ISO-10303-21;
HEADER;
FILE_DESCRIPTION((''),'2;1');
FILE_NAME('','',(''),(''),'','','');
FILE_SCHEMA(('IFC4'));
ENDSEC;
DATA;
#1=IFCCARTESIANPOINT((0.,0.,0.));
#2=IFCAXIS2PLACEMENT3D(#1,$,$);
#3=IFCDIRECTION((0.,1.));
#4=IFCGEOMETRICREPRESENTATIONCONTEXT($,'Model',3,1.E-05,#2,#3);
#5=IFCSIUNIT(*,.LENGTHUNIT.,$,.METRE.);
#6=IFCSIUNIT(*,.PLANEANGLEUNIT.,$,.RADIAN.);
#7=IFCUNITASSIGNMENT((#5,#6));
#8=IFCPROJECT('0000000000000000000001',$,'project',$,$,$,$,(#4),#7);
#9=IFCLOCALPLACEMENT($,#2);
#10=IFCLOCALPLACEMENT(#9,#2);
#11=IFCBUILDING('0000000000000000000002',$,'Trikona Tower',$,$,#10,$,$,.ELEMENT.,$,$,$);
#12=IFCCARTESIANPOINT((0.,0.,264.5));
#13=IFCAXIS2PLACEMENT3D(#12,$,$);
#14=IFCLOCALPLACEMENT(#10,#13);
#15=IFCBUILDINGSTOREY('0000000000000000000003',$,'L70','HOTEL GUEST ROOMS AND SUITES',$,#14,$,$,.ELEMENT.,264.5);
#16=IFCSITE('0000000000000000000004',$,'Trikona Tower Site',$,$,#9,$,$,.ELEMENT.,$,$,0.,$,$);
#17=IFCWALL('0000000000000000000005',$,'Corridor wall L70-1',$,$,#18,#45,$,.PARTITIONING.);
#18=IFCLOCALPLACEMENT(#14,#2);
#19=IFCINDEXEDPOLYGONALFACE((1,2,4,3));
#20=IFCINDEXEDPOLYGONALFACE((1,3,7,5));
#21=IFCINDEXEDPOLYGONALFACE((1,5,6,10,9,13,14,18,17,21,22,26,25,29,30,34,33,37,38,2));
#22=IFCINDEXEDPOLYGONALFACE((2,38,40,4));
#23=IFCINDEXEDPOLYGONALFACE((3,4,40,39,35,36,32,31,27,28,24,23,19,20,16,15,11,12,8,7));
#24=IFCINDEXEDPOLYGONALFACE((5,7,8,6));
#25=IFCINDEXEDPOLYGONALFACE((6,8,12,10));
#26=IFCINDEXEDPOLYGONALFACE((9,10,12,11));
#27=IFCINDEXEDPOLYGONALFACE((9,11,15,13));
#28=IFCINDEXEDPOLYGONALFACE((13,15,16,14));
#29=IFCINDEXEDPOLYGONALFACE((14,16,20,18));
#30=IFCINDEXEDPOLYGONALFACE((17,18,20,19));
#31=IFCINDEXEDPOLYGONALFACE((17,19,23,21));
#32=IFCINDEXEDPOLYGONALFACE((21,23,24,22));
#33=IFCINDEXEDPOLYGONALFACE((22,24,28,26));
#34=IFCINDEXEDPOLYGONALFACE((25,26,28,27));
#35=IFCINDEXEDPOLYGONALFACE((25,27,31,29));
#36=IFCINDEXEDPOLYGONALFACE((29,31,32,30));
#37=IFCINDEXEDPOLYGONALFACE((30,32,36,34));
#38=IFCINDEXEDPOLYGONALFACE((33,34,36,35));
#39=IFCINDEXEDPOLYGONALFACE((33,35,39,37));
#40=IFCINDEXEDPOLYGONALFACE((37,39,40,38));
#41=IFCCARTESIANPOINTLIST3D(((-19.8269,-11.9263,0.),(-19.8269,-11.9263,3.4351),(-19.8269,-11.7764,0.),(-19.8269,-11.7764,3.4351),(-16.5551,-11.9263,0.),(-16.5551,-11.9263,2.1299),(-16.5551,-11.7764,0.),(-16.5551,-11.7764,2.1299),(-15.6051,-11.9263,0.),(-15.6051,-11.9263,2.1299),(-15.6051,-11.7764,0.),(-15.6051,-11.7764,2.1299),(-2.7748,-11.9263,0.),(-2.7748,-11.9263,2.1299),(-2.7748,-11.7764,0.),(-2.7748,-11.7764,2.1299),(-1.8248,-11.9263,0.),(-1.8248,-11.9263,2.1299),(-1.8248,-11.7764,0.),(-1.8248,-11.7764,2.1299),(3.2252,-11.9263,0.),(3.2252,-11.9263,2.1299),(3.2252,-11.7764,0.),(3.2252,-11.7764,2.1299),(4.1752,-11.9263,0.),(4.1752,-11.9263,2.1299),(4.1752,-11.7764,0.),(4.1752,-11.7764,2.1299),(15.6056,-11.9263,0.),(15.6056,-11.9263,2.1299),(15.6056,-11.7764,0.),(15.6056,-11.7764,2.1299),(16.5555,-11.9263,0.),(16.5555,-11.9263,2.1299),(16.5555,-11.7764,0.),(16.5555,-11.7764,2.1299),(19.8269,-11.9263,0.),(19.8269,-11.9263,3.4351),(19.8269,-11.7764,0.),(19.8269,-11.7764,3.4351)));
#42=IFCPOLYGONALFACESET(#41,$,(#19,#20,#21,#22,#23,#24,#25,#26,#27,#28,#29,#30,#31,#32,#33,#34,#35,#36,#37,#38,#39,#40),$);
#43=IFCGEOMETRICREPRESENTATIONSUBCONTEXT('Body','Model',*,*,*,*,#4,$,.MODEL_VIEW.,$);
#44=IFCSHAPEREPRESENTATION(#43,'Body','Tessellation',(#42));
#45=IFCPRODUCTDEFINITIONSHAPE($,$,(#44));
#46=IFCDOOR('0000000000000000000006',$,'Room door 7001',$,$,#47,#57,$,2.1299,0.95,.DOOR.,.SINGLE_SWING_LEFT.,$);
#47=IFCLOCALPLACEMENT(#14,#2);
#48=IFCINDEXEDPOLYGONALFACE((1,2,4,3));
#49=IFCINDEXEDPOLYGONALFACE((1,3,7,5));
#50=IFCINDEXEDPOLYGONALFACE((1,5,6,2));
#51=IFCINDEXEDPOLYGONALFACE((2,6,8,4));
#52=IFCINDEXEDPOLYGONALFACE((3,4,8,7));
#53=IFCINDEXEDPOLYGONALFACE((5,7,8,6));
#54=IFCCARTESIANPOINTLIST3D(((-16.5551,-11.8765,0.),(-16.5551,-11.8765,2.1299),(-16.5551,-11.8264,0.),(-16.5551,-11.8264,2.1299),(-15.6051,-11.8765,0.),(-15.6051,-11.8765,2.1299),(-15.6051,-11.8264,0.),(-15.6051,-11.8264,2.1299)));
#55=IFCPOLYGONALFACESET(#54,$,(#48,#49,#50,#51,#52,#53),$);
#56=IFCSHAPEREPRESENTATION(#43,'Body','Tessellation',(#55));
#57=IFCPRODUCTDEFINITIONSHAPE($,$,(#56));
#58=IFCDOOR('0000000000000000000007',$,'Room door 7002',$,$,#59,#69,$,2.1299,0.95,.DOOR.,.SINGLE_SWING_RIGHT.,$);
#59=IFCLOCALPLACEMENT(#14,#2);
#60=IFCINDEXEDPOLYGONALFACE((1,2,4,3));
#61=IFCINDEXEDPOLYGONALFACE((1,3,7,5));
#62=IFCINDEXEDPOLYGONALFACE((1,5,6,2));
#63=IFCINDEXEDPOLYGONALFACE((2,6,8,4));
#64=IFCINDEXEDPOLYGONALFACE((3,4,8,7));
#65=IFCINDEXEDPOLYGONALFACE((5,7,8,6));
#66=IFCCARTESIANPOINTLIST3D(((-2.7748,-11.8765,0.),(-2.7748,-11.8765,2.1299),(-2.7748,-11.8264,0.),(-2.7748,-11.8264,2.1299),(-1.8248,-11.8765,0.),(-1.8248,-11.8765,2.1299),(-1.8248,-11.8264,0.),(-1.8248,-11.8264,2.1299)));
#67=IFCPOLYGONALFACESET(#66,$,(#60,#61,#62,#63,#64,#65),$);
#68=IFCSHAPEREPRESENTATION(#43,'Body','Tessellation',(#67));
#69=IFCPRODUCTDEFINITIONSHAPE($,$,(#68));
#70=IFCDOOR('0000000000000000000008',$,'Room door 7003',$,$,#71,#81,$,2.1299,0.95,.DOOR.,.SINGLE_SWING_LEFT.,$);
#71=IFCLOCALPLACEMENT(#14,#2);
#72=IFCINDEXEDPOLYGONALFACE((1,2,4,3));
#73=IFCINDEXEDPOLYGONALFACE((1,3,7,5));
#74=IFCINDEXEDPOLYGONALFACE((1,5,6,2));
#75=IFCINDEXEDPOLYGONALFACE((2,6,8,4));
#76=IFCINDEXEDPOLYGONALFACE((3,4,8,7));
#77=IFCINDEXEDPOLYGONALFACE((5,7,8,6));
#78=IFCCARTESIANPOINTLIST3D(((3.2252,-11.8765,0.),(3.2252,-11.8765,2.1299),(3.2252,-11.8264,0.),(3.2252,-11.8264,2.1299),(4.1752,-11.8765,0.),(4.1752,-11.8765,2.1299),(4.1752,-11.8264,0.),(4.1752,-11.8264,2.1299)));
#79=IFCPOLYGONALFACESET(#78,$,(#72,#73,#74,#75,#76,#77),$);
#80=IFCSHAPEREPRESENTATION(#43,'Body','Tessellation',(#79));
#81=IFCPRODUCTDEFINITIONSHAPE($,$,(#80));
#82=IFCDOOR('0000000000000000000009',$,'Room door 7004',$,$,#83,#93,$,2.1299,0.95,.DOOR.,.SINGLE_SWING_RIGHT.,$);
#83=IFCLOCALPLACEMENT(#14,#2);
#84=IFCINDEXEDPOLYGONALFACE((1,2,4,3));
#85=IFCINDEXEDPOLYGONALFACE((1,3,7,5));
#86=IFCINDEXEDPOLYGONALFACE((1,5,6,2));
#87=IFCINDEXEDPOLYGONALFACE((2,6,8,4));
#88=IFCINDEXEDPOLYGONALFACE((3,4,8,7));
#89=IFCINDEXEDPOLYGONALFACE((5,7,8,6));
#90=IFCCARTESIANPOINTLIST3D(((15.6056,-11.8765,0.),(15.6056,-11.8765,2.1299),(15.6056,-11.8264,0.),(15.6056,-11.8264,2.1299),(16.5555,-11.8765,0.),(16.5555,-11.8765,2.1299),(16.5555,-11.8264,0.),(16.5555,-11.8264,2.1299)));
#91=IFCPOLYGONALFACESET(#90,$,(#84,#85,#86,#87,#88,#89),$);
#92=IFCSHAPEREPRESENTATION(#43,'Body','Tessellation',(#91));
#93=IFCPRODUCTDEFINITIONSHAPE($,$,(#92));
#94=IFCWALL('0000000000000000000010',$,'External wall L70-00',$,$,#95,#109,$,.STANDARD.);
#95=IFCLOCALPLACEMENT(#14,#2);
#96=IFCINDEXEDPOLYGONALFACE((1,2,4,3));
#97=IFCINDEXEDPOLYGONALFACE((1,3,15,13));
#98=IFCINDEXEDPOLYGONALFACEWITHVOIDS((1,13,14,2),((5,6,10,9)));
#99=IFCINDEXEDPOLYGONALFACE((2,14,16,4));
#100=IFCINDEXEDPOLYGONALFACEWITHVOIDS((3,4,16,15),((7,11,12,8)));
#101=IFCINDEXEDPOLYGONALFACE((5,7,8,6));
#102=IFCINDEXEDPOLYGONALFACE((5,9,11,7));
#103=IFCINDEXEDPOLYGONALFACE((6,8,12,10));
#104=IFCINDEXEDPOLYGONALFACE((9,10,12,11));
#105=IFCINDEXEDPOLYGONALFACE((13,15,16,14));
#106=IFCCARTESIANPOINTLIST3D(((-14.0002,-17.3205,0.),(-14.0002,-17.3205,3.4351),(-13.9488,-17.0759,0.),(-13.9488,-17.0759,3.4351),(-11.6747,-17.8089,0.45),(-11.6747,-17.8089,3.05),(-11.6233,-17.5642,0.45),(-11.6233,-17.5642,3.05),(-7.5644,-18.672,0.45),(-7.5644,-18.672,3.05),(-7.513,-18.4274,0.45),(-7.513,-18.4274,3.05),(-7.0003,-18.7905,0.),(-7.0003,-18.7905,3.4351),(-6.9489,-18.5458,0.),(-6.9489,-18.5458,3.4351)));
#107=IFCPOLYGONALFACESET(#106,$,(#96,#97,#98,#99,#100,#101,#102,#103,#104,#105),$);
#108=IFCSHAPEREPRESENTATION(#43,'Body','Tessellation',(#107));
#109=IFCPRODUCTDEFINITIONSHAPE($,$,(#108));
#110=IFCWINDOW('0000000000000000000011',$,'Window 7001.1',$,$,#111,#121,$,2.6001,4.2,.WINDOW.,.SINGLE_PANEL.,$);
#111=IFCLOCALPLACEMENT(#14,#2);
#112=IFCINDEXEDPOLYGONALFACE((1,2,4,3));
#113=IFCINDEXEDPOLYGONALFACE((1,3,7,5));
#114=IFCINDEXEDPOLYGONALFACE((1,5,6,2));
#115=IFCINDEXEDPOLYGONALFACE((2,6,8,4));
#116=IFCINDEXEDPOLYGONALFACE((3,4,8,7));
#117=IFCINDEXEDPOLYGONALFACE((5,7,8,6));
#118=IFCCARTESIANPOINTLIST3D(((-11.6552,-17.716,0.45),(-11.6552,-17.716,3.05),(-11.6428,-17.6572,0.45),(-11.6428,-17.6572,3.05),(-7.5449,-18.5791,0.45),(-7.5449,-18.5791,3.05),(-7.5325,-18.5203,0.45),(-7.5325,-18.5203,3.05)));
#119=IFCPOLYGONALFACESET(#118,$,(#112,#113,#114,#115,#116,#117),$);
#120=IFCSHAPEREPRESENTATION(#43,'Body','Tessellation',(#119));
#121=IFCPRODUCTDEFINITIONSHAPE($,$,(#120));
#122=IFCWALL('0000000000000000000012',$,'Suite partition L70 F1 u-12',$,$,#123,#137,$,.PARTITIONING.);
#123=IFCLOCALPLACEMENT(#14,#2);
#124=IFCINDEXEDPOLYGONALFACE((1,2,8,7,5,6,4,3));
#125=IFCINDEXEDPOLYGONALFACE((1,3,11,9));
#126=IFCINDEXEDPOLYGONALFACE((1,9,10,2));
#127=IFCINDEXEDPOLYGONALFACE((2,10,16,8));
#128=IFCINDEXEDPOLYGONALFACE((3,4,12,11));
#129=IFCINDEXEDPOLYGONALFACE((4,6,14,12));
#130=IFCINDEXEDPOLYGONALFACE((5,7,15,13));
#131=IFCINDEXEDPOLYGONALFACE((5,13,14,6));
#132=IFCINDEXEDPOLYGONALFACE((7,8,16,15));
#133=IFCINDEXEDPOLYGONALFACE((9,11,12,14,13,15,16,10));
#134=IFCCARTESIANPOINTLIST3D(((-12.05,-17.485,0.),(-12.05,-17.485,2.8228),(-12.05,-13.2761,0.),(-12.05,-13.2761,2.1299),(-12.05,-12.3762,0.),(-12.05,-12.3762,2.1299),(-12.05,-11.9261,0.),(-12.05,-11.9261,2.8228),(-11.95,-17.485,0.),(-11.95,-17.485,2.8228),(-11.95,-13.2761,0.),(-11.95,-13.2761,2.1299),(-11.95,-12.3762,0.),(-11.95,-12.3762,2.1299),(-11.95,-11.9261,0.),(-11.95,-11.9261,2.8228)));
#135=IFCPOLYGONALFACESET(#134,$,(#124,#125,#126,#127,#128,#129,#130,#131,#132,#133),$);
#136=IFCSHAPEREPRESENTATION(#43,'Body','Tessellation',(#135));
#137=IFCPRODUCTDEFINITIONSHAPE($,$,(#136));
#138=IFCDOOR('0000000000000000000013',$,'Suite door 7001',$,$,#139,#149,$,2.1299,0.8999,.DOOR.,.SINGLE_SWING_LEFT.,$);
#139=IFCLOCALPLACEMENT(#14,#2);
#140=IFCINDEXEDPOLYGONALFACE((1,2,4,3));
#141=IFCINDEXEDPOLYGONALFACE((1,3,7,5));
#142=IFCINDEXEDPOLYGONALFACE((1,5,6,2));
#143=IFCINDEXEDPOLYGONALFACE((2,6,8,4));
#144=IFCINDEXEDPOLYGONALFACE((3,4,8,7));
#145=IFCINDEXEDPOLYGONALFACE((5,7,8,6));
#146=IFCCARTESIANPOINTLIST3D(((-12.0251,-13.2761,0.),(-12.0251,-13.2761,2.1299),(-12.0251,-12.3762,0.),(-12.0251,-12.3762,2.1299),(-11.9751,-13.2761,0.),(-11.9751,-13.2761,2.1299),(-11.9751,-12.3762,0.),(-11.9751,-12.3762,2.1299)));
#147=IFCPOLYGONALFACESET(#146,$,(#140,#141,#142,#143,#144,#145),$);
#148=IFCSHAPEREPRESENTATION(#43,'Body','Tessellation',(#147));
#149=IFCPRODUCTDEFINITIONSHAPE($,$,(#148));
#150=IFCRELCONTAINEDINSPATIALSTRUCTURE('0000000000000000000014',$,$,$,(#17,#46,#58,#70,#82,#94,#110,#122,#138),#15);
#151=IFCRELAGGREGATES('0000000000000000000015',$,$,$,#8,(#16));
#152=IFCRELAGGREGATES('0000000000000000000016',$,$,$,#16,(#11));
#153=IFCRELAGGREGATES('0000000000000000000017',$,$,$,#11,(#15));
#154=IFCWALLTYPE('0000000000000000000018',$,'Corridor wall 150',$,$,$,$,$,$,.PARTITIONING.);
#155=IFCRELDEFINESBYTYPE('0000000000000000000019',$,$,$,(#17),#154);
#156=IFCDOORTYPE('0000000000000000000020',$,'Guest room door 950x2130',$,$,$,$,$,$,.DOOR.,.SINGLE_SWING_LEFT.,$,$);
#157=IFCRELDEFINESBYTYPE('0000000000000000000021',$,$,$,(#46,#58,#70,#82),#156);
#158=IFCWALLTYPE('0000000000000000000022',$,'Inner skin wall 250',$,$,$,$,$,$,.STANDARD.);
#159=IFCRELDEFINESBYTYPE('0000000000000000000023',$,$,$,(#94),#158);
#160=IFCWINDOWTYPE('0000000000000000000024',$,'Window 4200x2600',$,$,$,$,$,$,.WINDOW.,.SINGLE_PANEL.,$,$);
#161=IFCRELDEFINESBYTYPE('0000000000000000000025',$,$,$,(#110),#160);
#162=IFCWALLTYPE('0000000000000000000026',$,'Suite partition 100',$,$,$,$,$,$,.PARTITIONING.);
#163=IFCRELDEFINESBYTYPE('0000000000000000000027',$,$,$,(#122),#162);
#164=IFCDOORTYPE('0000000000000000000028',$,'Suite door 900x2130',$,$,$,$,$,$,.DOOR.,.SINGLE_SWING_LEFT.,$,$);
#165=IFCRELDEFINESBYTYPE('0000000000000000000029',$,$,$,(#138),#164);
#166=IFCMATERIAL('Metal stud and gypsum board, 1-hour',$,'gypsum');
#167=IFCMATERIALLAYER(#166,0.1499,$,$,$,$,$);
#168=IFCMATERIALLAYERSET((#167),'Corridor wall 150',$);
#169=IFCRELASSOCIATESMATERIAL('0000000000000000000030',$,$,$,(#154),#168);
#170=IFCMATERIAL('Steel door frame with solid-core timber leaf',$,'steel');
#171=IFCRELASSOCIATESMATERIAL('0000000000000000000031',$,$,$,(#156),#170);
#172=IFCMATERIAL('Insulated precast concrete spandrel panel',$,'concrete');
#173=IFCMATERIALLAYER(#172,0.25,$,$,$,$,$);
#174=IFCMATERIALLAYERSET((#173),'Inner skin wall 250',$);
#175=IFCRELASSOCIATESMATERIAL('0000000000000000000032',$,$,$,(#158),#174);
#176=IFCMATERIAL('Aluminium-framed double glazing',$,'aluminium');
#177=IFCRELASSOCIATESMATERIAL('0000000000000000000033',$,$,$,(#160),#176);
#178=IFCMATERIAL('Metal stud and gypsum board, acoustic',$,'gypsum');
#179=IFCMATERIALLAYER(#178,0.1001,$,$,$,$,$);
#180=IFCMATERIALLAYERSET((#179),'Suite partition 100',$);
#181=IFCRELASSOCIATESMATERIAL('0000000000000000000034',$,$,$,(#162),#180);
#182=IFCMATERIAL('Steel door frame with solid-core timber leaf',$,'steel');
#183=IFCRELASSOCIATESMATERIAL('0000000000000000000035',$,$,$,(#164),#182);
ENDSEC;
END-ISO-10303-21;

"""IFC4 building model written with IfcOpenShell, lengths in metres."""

from ifc_helpers import new_model, si_unit, direction, frame, frame_2d, origin, place, context, subcontext, project, spatial, rectangle, extrude, material, layer, layer_set, type_object, element, fill, save


model = new_model("IFC4")

# Units and contexts
model_context = context("Model", 3, precision=1e-05, world=origin(), true_north=direction((0.0, 1.0)))
body_context = subcontext(model_context, "Body", "Model", "MODEL_VIEW")
ifc_project = project(units=[si_unit("LENGTHUNIT", "METRE"), si_unit("PLANEANGLEUNIT", "RADIAN")], contexts=[model_context])

# Site, building, storey
site_placement = place(None, origin())
site = spatial("IfcSite", under=ifc_project, at=site_placement, Name="Trikona Tower Site", CompositionType="ELEMENT", RefElevation=0.0)
building_placement = place(site_placement, origin())
building = spatial("IfcBuilding", under=site, at=building_placement, Name="Trikona Tower", CompositionType="ELEMENT")
storey_placement = place(building_placement, frame((0.0, 0.0, 264.5)))
storey = spatial("IfcBuildingStorey", under=building, at=storey_placement, Name="L70", Description="HOTEL GUEST ROOMS AND SUITES", CompositionType="ELEMENT", Elevation=264.5)

# Wall, openings, doors
ifc_material_1 = material(Name="Metal stud and gypsum board, 1-hour", Category="gypsum")
ifc_layer_1 = layer(ifc_material_1, 0.1499)
ifc_layer_set_1 = layer_set([ifc_layer_1], Name="Corridor wall 150")
wall_type_1 = type_object("IfcWallType", Name="Corridor wall 150", PredefinedType="PARTITIONING", material=ifc_layer_set_1)
wall_1_placement = place(storey_placement, frame((-19.8269, -11.8513, 0.0), z_axis=(0.0, 0.0, 1.0), x_axis=(1.0, 0.0, 0.0)))
wall_1 = element("IfcWall", 1, at=wall_1_placement, inside=storey, type_object=wall_type_1, Name="Corridor wall L70-1", PredefinedType="PARTITIONING", context=body_context, shape_type="SweptSolid", body=[
    extrude(rectangle(XDim=39.6538, YDim=0.1499, at=frame_2d((19.8269, 0.0))), origin(), (0.0, 0.0, 1.0), 3.4351),
])
opening_1_placement = place(wall_1_placement, frame((3.2717, 0.0, 0.0)))
opening_1 = element("IfcOpeningElement", 2, at=opening_1_placement, cuts=wall_1, PredefinedType="OPENING", context=body_context, shape_type="SweptSolid", body=[
    extrude(rectangle(XDim=0.95, YDim=2.1299, at=frame_2d((0.4751, 1.0649))), frame((0.0, 0.085, 0.0), z_axis=(0.0, -1.0, 0.0), x_axis=(1.0, 0.0, 0.0)), (0.0, 0.0, 1.0), 0.1699),
])
opening_2_placement = place(wall_1_placement, frame((17.052, 0.0, 0.0)))
opening_2 = element("IfcOpeningElement", 3, at=opening_2_placement, cuts=wall_1, PredefinedType="OPENING", context=body_context, shape_type="SweptSolid", body=[
    extrude(rectangle(XDim=0.95, YDim=2.1299, at=frame_2d((0.4751, 1.0649))), frame((0.0, 0.085, 0.0), z_axis=(0.0, -1.0, 0.0), x_axis=(1.0, 0.0, 0.0)), (0.0, 0.0, 1.0), 0.1699),
])
opening_3_placement = place(wall_1_placement, frame((23.052, 0.0, 0.0)))
opening_3 = element("IfcOpeningElement", 4, at=opening_3_placement, cuts=wall_1, PredefinedType="OPENING", context=body_context, shape_type="SweptSolid", body=[
    extrude(rectangle(XDim=0.95, YDim=2.1299, at=frame_2d((0.4751, 1.0649))), frame((0.0, 0.085, 0.0), z_axis=(0.0, -1.0, 0.0), x_axis=(1.0, 0.0, 0.0)), (0.0, 0.0, 1.0), 0.1699),
])
opening_4_placement = place(wall_1_placement, frame((35.4324, 0.0, 0.0)))
opening_4 = element("IfcOpeningElement", 5, at=opening_4_placement, cuts=wall_1, PredefinedType="OPENING", context=body_context, shape_type="SweptSolid", body=[
    extrude(rectangle(XDim=0.95, YDim=2.1299, at=frame_2d((0.4751, 1.0649))), frame((0.0, 0.085, 0.0), z_axis=(0.0, -1.0, 0.0), x_axis=(1.0, 0.0, 0.0)), (0.0, 0.0, 1.0), 0.1699),
])
ifc_material_2 = material(Name="Steel door frame with solid-core timber leaf", Category="steel")
door_type_1 = type_object("IfcDoorType", Name="Guest room door 950x2130", OperationType="SINGLE_SWING_LEFT", PredefinedType="DOOR", material=ifc_material_2)
door_1_placement = place(opening_1_placement, origin())
door_1 = element("IfcDoor", 6, at=door_1_placement, inside=storey, type_object=door_type_1, Name="Room door 7001", OperationType="SINGLE_SWING_LEFT", OverallHeight=2.1299, OverallWidth=0.95, PredefinedType="DOOR", context=body_context, shape_type="SweptSolid", body=[
    extrude(rectangle(XDim=0.95, YDim=2.1299, at=frame_2d((0.4751, 1.0649))), frame((0.0, 0.0249, 0.0), z_axis=(0.0, -1.0, 0.0), x_axis=(1.0, 0.0, 0.0)), (0.0, 0.0, 1.0), 0.05),
])
fill(opening_1, door_1)
door_2_placement = place(opening_2_placement, origin())
door_2 = element("IfcDoor", 7, at=door_2_placement, inside=storey, type_object=door_type_1, Name="Room door 7002", OperationType="SINGLE_SWING_RIGHT", OverallHeight=2.1299, OverallWidth=0.95, PredefinedType="DOOR", context=body_context, shape_type="SweptSolid", body=[
    extrude(rectangle(XDim=0.95, YDim=2.1299, at=frame_2d((0.4751, 1.0649))), frame((0.0, 0.0249, 0.0), z_axis=(0.0, -1.0, 0.0), x_axis=(1.0, 0.0, 0.0)), (0.0, 0.0, 1.0), 0.05),
])
fill(opening_2, door_2)
door_3_placement = place(opening_3_placement, origin())
door_3 = element("IfcDoor", 8, at=door_3_placement, inside=storey, type_object=door_type_1, Name="Room door 7003", OperationType="SINGLE_SWING_LEFT", OverallHeight=2.1299, OverallWidth=0.95, PredefinedType="DOOR", context=body_context, shape_type="SweptSolid", body=[
    extrude(rectangle(XDim=0.95, YDim=2.1299, at=frame_2d((0.4751, 1.0649))), frame((0.0, 0.0249, 0.0), z_axis=(0.0, -1.0, 0.0), x_axis=(1.0, 0.0, 0.0)), (0.0, 0.0, 1.0), 0.05),
])
fill(opening_3, door_3)
door_4_placement = place(opening_4_placement, origin())
door_4 = element("IfcDoor", 9, at=door_4_placement, inside=storey, type_object=door_type_1, Name="Room door 7004", OperationType="SINGLE_SWING_RIGHT", OverallHeight=2.1299, OverallWidth=0.95, PredefinedType="DOOR", context=body_context, shape_type="SweptSolid", body=[
    extrude(rectangle(XDim=0.95, YDim=2.1299, at=frame_2d((0.4751, 1.0649))), frame((0.0, 0.0249, 0.0), z_axis=(0.0, -1.0, 0.0), x_axis=(1.0, 0.0, 0.0)), (0.0, 0.0, 1.0), 0.05),
])
fill(opening_4, door_4)

# Wall, opening, window
ifc_material_3 = material(Name="Insulated precast concrete spandrel panel", Category="concrete")
ifc_layer_2 = layer(ifc_material_3, 0.25)
ifc_layer_set_2 = layer_set([ifc_layer_2], Name="Inner skin wall 250")
wall_type_2 = type_object("IfcWallType", Name="Inner skin wall 250", PredefinedType="STANDARD", material=ifc_layer_set_2)
wall_2_placement = place(storey_placement, frame((-13.9744, -17.1982, 0.0), z_axis=(0.0, 0.0, 1.0), x_axis=(0.978654, -0.205513, 0.0)))
wall_2 = element("IfcWall", 10, at=wall_2_placement, inside=storey, type_object=wall_type_2, Name="External wall L70-00", PredefinedType="STANDARD", context=body_context, shape_type="SweptSolid", body=[
    extrude(rectangle(XDim=7.1526, YDim=0.25, at=frame_2d((3.5762, 0.0))), origin(), (0.0, 0.0, 1.0), 3.4351),
])
opening_5_placement = place(wall_2_placement, frame((2.376, 0.0, 0.45)))
opening_5 = element("IfcOpeningElement", 11, at=opening_5_placement, cuts=wall_2, PredefinedType="OPENING", context=body_context, shape_type="SweptSolid", body=[
    extrude(rectangle(XDim=4.2, YDim=2.6001, at=frame_2d((2.1001, 1.3))), frame((0.0, 0.135, 0.0), z_axis=(0.0, -1.0, 0.0), x_axis=(1.0, 0.0, 0.0)), (0.0, 0.0, 1.0), 0.27),
])
ifc_material_4 = material(Name="Aluminium-framed double glazing", Category="aluminium")
window_type_1 = type_object("IfcWindowType", Name="Window 4200x2600", PartitioningType="SINGLE_PANEL", PredefinedType="WINDOW", material=ifc_material_4)
window_1_placement = place(opening_5_placement, origin())
window_1 = element("IfcWindow", 12, at=window_1_placement, inside=storey, type_object=window_type_1, Name="Window 7001.1", OverallHeight=2.6001, OverallWidth=4.2, PartitioningType="SINGLE_PANEL", PredefinedType="WINDOW", context=body_context, shape_type="SweptSolid", body=[
    extrude(rectangle(XDim=4.2, YDim=2.6001, at=frame_2d((2.1001, 1.3))), frame((0.0, 0.03, 0.0), z_axis=(0.0, -1.0, 0.0), x_axis=(1.0, 0.0, 0.0)), (0.0, 0.0, 1.0), 0.0601),
])
fill(opening_5, window_1)

# Wall, opening, door
ifc_material_5 = material(Name="Metal stud and gypsum board, acoustic", Category="gypsum")
ifc_layer_3 = layer(ifc_material_5, 0.1001)
ifc_layer_set_3 = layer_set([ifc_layer_3], Name="Suite partition 100")
wall_type_3 = type_object("IfcWallType", Name="Suite partition 100", PredefinedType="PARTITIONING", material=ifc_layer_set_3)
wall_3_placement = place(storey_placement, frame((-12.0, -11.9263, 0.0), z_axis=(0.0, 0.0, 1.0), x_axis=(0.0, -1.0, 0.0)))
wall_3 = element("IfcWall", 13, at=wall_3_placement, inside=storey, type_object=wall_type_3, Name="Suite partition L70 F1 u-12", PredefinedType="PARTITIONING", context=body_context, shape_type="SweptSolid", body=[
    extrude(rectangle(XDim=5.5588, YDim=0.1001, at=frame_2d((2.7793, 0.0))), origin(), (0.0, 0.0, 1.0), 2.8228),
])
opening_6_placement = place(wall_3_placement, frame((0.45, 0.0, 0.0)))
opening_6 = element("IfcOpeningElement", 14, at=opening_6_placement, cuts=wall_3, PredefinedType="OPENING", context=body_context, shape_type="SweptSolid", body=[
    extrude(rectangle(XDim=0.8999, YDim=2.1299, at=frame_2d((0.45, 1.0649))), frame((0.0, 0.0601, 0.0), z_axis=(0.0, -1.0, 0.0), x_axis=(1.0, 0.0, 0.0)), (0.0, 0.0, 1.0), 0.1201),
])
ifc_material_6 = material(Name="Steel door frame with solid-core timber leaf", Category="steel")
door_type_2 = type_object("IfcDoorType", Name="Suite door 900x2130", OperationType="SINGLE_SWING_LEFT", PredefinedType="DOOR", material=ifc_material_6)
door_5_placement = place(opening_6_placement, origin())
door_5 = element("IfcDoor", 15, at=door_5_placement, inside=storey, type_object=door_type_2, Name="Suite door 7001", OperationType="SINGLE_SWING_LEFT", OverallHeight=2.1299, OverallWidth=0.8999, PredefinedType="DOOR", context=body_context, shape_type="SweptSolid", body=[
    extrude(rectangle(XDim=0.8999, YDim=2.1299, at=frame_2d((0.45, 1.0649))), frame((0.0, 0.0249, 0.0), z_axis=(0.0, -1.0, 0.0), x_axis=(1.0, 0.0, 0.0)), (0.0, 0.0, 1.0), 0.05),
])
fill(opening_6, door_5)

save(model, "model.ifc")
